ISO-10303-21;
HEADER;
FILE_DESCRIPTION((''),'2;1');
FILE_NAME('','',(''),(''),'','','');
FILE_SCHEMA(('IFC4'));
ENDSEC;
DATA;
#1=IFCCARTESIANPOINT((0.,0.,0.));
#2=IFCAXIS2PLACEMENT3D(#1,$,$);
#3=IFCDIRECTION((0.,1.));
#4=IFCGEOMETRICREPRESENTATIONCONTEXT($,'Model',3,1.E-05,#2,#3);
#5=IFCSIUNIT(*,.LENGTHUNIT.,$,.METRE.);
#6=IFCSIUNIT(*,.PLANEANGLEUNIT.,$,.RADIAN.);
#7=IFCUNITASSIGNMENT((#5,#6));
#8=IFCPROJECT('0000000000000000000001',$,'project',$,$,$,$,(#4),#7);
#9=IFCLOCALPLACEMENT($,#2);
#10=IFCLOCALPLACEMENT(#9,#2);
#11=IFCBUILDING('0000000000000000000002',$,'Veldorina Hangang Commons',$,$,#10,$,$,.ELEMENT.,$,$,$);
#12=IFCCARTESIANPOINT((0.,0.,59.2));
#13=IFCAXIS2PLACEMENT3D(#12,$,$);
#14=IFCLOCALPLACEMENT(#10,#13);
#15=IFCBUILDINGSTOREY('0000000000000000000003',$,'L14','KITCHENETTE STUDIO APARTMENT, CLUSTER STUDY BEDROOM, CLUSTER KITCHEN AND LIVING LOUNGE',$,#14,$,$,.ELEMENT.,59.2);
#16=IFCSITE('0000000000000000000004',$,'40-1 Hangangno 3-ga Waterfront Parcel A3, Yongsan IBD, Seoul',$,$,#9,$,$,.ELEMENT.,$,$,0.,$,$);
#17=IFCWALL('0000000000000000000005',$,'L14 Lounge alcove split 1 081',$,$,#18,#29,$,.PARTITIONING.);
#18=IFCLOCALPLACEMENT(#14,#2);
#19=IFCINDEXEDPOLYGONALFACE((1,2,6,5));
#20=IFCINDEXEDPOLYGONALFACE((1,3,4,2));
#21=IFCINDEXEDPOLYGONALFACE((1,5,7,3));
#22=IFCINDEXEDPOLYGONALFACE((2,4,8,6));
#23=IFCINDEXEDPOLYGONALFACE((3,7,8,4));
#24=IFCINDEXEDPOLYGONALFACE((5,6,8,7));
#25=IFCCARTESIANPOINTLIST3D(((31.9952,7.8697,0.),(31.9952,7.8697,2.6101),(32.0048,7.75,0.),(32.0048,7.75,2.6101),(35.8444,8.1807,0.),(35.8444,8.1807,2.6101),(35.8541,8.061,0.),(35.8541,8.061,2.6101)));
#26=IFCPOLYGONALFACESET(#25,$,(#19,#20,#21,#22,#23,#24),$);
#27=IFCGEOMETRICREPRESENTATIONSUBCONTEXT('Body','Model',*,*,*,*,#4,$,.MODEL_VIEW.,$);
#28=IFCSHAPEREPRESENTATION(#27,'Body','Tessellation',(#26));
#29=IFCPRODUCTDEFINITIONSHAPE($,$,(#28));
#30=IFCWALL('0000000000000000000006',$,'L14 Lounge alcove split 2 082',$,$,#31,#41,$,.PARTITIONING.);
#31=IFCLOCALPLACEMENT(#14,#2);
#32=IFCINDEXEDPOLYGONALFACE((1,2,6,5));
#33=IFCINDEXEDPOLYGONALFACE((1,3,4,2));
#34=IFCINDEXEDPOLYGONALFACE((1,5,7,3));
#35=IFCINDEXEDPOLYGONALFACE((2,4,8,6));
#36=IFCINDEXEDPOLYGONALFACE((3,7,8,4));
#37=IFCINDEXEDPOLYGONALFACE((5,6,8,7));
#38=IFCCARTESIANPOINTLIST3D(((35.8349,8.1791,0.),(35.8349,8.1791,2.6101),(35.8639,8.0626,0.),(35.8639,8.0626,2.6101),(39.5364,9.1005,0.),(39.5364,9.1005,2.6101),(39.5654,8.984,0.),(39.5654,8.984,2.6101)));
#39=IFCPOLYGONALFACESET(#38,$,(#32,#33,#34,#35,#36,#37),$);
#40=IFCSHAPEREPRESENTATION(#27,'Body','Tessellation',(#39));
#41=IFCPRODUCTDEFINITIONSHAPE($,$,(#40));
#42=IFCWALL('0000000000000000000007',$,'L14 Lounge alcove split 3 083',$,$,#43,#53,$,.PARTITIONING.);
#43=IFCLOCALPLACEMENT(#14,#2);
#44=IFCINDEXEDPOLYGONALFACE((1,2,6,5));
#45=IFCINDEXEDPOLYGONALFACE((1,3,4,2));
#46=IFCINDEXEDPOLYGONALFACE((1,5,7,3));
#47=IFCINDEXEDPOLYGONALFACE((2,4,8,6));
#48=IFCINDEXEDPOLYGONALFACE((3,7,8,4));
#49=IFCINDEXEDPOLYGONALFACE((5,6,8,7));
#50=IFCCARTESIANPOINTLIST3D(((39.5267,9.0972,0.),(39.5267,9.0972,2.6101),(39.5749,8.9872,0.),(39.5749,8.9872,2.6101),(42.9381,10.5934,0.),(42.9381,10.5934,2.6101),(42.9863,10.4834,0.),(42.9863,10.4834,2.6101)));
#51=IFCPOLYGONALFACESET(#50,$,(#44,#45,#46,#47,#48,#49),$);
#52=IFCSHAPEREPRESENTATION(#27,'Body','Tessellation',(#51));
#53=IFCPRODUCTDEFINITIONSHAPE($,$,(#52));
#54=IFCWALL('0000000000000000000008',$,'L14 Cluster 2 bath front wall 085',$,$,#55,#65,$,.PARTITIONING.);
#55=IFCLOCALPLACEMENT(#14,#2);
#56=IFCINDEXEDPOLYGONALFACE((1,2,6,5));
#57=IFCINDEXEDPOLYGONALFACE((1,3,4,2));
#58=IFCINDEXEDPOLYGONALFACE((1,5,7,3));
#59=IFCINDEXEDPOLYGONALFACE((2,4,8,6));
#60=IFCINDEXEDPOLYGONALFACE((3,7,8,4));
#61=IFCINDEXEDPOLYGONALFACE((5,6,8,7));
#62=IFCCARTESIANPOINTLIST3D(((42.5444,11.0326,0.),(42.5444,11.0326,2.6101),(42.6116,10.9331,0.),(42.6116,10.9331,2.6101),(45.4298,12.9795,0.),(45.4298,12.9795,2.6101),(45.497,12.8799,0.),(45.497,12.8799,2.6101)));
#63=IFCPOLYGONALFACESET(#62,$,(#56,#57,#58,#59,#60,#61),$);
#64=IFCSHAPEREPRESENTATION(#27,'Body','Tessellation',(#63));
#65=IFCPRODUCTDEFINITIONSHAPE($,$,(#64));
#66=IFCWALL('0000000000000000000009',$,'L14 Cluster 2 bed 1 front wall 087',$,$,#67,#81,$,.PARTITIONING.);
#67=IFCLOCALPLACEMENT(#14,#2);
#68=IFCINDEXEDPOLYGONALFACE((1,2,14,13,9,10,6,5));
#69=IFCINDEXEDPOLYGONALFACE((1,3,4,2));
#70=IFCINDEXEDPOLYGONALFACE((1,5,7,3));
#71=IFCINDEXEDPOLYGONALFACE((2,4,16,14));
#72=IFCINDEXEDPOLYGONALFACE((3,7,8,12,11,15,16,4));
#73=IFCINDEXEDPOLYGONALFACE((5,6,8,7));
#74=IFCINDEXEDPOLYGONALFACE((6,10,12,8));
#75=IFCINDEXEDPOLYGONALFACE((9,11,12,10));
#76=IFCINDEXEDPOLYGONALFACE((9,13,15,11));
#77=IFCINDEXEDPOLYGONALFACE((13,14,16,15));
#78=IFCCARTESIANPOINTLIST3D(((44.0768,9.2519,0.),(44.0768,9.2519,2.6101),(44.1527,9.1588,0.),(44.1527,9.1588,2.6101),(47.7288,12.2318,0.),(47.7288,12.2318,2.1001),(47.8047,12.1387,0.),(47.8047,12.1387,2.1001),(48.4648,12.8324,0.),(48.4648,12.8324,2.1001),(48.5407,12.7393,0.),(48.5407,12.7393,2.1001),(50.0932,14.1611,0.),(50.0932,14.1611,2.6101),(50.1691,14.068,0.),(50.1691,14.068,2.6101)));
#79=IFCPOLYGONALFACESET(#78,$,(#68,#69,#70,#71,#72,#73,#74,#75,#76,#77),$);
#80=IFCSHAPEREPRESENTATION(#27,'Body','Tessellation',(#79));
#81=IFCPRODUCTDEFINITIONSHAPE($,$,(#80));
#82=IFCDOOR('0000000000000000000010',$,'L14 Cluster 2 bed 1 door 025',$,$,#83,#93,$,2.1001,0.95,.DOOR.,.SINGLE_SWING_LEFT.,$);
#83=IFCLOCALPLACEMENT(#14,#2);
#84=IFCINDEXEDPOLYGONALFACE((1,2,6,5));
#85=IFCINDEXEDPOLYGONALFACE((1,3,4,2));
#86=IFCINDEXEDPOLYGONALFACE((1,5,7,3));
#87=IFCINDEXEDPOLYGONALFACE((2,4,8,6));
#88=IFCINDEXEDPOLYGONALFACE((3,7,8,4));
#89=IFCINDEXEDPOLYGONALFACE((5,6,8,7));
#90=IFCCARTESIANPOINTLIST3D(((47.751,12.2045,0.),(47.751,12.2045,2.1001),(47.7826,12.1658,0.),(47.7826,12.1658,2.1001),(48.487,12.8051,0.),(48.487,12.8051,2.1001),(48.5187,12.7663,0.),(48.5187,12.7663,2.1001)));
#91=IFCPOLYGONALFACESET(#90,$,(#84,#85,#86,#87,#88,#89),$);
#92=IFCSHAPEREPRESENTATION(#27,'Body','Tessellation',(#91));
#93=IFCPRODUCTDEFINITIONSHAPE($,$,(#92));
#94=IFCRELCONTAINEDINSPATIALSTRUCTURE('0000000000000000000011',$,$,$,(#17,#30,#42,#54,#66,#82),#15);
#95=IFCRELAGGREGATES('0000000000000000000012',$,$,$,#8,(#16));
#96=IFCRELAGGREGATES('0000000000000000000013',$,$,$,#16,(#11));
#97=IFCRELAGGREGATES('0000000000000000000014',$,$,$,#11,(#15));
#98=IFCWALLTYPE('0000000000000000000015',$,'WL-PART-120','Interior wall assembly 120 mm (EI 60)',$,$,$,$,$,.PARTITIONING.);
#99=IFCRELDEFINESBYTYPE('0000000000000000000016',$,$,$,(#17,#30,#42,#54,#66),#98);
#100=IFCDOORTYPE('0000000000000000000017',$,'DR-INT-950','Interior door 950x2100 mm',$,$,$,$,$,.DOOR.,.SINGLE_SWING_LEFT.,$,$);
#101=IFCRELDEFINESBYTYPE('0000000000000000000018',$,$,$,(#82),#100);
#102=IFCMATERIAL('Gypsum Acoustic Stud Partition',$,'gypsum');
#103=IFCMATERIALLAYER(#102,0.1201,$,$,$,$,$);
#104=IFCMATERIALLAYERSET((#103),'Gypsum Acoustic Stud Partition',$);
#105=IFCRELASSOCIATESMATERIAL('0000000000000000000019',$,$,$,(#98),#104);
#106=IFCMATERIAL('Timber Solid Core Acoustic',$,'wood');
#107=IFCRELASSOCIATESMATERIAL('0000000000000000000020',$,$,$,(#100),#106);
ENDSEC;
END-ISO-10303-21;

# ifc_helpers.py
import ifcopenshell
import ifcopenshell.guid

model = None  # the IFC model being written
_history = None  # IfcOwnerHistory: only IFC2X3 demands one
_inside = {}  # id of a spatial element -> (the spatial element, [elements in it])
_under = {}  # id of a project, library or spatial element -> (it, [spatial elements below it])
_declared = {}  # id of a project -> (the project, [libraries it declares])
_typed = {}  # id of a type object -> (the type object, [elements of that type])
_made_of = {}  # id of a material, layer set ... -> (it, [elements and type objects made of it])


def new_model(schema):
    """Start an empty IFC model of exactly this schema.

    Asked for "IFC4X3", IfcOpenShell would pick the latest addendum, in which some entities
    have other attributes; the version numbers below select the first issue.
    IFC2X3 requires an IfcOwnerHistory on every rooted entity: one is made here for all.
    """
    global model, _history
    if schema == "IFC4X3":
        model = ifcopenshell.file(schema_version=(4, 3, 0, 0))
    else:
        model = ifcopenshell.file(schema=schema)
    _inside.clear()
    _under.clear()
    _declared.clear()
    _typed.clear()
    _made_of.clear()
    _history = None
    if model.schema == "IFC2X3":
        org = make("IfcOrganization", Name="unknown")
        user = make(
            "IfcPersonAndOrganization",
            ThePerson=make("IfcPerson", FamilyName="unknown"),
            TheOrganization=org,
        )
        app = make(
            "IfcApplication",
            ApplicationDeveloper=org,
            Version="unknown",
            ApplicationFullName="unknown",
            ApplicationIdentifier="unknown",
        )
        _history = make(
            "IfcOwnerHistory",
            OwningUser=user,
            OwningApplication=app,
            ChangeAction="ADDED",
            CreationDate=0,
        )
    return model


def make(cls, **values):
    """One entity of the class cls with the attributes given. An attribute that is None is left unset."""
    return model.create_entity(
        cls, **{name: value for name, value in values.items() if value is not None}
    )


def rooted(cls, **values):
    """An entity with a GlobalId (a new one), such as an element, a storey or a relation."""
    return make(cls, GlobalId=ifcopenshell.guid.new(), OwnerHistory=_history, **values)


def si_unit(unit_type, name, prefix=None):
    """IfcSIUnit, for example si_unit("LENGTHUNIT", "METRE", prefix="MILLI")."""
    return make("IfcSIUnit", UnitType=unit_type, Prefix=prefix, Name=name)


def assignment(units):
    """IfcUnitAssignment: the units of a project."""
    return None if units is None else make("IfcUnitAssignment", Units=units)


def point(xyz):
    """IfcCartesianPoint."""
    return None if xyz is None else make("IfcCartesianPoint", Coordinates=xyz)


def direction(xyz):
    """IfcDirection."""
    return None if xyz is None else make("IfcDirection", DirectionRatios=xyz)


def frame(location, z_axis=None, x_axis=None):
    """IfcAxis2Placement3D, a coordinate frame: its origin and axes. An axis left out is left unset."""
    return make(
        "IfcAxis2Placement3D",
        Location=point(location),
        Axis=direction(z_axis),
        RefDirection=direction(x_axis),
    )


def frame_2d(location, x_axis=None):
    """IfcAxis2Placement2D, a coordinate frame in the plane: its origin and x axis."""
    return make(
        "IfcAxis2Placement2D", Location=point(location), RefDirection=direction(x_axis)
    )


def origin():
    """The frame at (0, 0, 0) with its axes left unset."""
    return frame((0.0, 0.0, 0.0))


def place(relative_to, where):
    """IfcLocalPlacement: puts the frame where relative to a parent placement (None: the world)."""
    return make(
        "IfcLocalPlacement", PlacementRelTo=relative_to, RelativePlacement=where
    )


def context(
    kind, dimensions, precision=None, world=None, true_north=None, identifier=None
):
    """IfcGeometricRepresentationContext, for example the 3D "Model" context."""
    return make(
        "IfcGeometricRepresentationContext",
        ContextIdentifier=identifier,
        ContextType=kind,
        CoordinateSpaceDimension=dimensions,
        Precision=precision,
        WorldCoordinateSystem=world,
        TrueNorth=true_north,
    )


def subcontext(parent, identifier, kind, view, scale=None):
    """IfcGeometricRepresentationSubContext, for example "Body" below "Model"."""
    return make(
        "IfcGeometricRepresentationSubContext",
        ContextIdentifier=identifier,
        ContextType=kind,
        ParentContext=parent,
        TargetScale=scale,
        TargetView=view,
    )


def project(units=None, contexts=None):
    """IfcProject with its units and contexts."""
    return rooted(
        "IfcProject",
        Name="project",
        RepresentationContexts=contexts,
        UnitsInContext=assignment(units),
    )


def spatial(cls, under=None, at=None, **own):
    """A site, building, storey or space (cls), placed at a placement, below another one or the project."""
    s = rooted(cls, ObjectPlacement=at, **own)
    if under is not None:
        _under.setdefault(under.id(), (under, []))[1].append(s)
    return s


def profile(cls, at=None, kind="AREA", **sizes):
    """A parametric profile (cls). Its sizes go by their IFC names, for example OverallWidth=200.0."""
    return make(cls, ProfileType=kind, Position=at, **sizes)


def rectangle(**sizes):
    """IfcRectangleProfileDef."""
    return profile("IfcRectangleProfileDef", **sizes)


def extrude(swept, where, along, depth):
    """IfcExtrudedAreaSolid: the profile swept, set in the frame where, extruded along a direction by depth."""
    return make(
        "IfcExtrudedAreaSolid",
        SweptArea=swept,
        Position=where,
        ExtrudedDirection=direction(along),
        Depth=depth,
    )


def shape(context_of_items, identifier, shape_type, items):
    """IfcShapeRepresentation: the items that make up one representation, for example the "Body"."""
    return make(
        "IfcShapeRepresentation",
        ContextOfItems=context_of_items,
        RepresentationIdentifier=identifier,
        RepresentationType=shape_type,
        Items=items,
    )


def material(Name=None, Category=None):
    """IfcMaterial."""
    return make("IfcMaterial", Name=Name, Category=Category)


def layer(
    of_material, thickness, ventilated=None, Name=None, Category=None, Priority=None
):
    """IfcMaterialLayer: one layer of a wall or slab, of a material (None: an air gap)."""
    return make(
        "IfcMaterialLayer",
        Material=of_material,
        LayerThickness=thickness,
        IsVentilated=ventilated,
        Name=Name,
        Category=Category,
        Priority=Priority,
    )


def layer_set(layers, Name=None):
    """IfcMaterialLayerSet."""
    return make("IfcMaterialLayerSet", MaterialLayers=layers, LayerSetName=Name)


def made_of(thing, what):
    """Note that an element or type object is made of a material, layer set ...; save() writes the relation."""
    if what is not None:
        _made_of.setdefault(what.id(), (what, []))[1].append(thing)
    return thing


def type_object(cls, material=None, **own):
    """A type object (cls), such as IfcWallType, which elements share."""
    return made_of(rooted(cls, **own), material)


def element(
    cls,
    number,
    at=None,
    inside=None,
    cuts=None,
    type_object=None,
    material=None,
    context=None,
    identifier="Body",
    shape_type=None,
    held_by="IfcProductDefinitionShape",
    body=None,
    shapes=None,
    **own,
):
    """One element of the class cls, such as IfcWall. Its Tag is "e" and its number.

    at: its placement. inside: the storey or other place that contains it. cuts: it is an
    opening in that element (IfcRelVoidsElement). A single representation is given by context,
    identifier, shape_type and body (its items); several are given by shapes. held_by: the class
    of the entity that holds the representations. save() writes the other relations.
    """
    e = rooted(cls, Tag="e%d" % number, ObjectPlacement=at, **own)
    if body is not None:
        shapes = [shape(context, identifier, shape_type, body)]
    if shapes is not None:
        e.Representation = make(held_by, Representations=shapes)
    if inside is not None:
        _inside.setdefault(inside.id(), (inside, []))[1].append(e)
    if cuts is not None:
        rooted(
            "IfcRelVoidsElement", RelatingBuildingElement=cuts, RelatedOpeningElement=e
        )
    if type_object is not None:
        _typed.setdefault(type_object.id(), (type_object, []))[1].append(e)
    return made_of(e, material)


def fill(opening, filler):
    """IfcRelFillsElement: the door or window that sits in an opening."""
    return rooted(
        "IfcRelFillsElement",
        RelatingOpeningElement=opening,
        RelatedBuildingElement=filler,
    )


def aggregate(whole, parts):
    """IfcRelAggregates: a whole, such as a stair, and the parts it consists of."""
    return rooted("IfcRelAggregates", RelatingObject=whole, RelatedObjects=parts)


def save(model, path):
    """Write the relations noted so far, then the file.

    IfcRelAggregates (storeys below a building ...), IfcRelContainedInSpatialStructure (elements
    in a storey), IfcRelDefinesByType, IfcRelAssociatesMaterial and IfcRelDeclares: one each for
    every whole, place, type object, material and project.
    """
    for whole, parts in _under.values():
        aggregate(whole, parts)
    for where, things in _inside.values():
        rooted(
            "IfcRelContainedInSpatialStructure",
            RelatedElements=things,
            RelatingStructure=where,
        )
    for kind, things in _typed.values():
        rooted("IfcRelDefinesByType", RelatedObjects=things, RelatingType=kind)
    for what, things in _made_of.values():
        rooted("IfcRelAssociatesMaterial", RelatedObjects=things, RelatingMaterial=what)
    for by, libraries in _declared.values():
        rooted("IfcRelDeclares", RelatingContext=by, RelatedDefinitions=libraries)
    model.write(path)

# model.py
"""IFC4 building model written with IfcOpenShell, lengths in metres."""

from ifc_helpers import new_model, si_unit, direction, frame, frame_2d, origin, place, context, subcontext, project, spatial, rectangle, extrude, material, layer, layer_set, type_object, element, fill, save


model = new_model("IFC4")

# Units and contexts
model_context = context("Model", 3, precision=1e-05, world=origin(), true_north=direction((0.0, 1.0)))
body_context = subcontext(model_context, "Body", "Model", "MODEL_VIEW")
ifc_project = project(units=[si_unit("LENGTHUNIT", "METRE"), si_unit("PLANEANGLEUNIT", "RADIAN")], contexts=[model_context])

# Site, building, storey
site_placement = place(None, origin())
site = spatial("IfcSite", under=ifc_project, at=site_placement, Name="40-1 Hangangno 3-ga Waterfront Parcel A3, Yongsan IBD, Seoul", CompositionType="ELEMENT", RefElevation=0.0)
building_placement = place(site_placement, origin())
building = spatial("IfcBuilding", under=site, at=building_placement, Name="Veldorina Hangang Commons", CompositionType="ELEMENT")
storey_placement = place(building_placement, frame((0.0, 0.0, 59.2)))
storey = spatial("IfcBuildingStorey", under=building, at=storey_placement, Name="L14", Description="KITCHENETTE STUDIO APARTMENT, CLUSTER STUDY BEDROOM, CLUSTER KITCHEN AND LIVING LOUNGE", CompositionType="ELEMENT", Elevation=59.2)

# Shared definitions
ifc_material_1 = material(Name="Timber Solid Core Acoustic", Category="wood")

# Walls
ifc_material_2 = material(Name="Gypsum Acoustic Stud Partition", Category="gypsum")
ifc_layer_1 = layer(ifc_material_2, 0.1201)
ifc_layer_set_1 = layer_set([ifc_layer_1], Name="Gypsum Acoustic Stud Partition")
wall_type_1 = type_object("IfcWallType", Name="WL-PART-120", Description="Interior wall assembly 120 mm (EI 60)", PredefinedType="PARTITIONING", material=ifc_layer_set_1)
wall_1_placement = place(storey_placement, frame((32.0, 7.8098, 0.0), z_axis=(0.0, 0.0, 1.0), x_axis=(0.996751, 0.080539, 0.0)))
element("IfcWall", 1, at=wall_1_placement, inside=storey, type_object=wall_type_1, Name="L14 Lounge alcove split 1 081", PredefinedType="PARTITIONING", context=body_context, shape_type="SweptSolid", body=[
    extrude(rectangle(XDim=3.8618, YDim=0.1201, at=frame_2d((1.9309, 0.0))), origin(), (0.0, 0.0, 1.0), 2.6101),
])
wall_2_placement = place(storey_placement, frame((35.8494, 8.1208, 0.0), z_axis=(0.0, 0.0, 1.0), x_axis=(0.970387, 0.241557, 0.0)))
element("IfcWall", 2, at=wall_2_placement, inside=storey, type_object=wall_type_1, Name="L14 Lounge alcove split 2 082", PredefinedType="PARTITIONING", context=body_context, shape_type="SweptSolid", body=[
    extrude(rectangle(XDim=3.8145, YDim=0.1201, at=frame_2d((1.9072, 0.0))), origin(), (0.0, 0.0, 1.0), 2.6101),
])
wall_3_placement = place(storey_placement, frame((39.5508, 9.0422, 0.0), z_axis=(0.0, 0.0, 1.0), x_axis=(0.9158, 0.401634, 0.0)))
element("IfcWall", 3, at=wall_3_placement, inside=storey, type_object=wall_type_1, Name="L14 Lounge alcove split 3 083", PredefinedType="PARTITIONING", context=body_context, shape_type="SweptSolid", body=[
    extrude(rectangle(XDim=3.7251, YDim=0.1201, at=frame_2d((1.8625, 0.0))), origin(), (0.0, 0.0, 1.0), 2.6101),
])
wall_4_placement = place(storey_placement, frame((42.5781, 10.9829, 0.0), z_axis=(0.0, 0.0, 1.0), x_axis=(0.828951, 0.559321, 0.0)))
element("IfcWall", 4, at=wall_4_placement, inside=storey, type_object=wall_type_1, Name="L14 Cluster 2 bath front wall 085", PredefinedType="PARTITIONING", context=body_context, shape_type="SweptSolid", body=[
    extrude(rectangle(XDim=3.4807, YDim=0.1201, at=frame_2d((1.7402, 0.0))), origin(), (0.0, 0.0, 1.0), 2.6101),
])

# Wall, opening, door
wall_5_placement = place(storey_placement, frame((44.1147, 9.2053, 0.0), z_axis=(0.0, 0.0, 1.0), x_axis=(0.774796, 0.632212, 0.0)))
wall_5 = element("IfcWall", 5, at=wall_5_placement, inside=storey, type_object=wall_type_1, Name="L14 Cluster 2 bed 1 front wall 087", PredefinedType="PARTITIONING", context=body_context, shape_type="SweptSolid", body=[
    extrude(rectangle(XDim=7.7651, YDim=0.1201, at=frame_2d((3.8826, 0.0))), origin(), (0.0, 0.0, 1.0), 2.6101),
])
opening_1_placement = place(wall_5_placement, frame((4.7134, 0.0, 0.0)))
opening_1 = element("IfcOpeningElement", 6, at=opening_1_placement, cuts=wall_5, PredefinedType="OPENING", context=body_context, shape_type="SweptSolid", body=[
    extrude(rectangle(XDim=0.95, YDim=2.1001, at=frame_2d((0.4751, 1.05))), frame((0.0, 0.0701, 0.0), z_axis=(0.0, -1.0, 0.0), x_axis=(1.0, 0.0, 0.0)), (0.0, 0.0, 1.0), 0.1401),
])
door_type_1 = type_object("IfcDoorType", Name="DR-INT-950", Description="Interior door 950x2100 mm", OperationType="SINGLE_SWING_LEFT", PredefinedType="DOOR", material=ifc_material_1)
door_1_placement = place(opening_1_placement, origin())
door_1 = element("IfcDoor", 7, at=door_1_placement, inside=storey, type_object=door_type_1, Name="L14 Cluster 2 bed 1 door 025", OperationType="SINGLE_SWING_LEFT", OverallHeight=2.1001, OverallWidth=0.95, PredefinedType="DOOR", context=body_context, shape_type="SweptSolid", body=[
    extrude(rectangle(XDim=0.95, YDim=2.1001, at=frame_2d((0.4751, 1.05))), frame((0.0, 0.0249, 0.0), z_axis=(0.0, -1.0, 0.0), x_axis=(1.0, 0.0, 0.0)), (0.0, 0.0, 1.0), 0.05),
])
fill(opening_1, door_1)

save(model, "model.ifc")
